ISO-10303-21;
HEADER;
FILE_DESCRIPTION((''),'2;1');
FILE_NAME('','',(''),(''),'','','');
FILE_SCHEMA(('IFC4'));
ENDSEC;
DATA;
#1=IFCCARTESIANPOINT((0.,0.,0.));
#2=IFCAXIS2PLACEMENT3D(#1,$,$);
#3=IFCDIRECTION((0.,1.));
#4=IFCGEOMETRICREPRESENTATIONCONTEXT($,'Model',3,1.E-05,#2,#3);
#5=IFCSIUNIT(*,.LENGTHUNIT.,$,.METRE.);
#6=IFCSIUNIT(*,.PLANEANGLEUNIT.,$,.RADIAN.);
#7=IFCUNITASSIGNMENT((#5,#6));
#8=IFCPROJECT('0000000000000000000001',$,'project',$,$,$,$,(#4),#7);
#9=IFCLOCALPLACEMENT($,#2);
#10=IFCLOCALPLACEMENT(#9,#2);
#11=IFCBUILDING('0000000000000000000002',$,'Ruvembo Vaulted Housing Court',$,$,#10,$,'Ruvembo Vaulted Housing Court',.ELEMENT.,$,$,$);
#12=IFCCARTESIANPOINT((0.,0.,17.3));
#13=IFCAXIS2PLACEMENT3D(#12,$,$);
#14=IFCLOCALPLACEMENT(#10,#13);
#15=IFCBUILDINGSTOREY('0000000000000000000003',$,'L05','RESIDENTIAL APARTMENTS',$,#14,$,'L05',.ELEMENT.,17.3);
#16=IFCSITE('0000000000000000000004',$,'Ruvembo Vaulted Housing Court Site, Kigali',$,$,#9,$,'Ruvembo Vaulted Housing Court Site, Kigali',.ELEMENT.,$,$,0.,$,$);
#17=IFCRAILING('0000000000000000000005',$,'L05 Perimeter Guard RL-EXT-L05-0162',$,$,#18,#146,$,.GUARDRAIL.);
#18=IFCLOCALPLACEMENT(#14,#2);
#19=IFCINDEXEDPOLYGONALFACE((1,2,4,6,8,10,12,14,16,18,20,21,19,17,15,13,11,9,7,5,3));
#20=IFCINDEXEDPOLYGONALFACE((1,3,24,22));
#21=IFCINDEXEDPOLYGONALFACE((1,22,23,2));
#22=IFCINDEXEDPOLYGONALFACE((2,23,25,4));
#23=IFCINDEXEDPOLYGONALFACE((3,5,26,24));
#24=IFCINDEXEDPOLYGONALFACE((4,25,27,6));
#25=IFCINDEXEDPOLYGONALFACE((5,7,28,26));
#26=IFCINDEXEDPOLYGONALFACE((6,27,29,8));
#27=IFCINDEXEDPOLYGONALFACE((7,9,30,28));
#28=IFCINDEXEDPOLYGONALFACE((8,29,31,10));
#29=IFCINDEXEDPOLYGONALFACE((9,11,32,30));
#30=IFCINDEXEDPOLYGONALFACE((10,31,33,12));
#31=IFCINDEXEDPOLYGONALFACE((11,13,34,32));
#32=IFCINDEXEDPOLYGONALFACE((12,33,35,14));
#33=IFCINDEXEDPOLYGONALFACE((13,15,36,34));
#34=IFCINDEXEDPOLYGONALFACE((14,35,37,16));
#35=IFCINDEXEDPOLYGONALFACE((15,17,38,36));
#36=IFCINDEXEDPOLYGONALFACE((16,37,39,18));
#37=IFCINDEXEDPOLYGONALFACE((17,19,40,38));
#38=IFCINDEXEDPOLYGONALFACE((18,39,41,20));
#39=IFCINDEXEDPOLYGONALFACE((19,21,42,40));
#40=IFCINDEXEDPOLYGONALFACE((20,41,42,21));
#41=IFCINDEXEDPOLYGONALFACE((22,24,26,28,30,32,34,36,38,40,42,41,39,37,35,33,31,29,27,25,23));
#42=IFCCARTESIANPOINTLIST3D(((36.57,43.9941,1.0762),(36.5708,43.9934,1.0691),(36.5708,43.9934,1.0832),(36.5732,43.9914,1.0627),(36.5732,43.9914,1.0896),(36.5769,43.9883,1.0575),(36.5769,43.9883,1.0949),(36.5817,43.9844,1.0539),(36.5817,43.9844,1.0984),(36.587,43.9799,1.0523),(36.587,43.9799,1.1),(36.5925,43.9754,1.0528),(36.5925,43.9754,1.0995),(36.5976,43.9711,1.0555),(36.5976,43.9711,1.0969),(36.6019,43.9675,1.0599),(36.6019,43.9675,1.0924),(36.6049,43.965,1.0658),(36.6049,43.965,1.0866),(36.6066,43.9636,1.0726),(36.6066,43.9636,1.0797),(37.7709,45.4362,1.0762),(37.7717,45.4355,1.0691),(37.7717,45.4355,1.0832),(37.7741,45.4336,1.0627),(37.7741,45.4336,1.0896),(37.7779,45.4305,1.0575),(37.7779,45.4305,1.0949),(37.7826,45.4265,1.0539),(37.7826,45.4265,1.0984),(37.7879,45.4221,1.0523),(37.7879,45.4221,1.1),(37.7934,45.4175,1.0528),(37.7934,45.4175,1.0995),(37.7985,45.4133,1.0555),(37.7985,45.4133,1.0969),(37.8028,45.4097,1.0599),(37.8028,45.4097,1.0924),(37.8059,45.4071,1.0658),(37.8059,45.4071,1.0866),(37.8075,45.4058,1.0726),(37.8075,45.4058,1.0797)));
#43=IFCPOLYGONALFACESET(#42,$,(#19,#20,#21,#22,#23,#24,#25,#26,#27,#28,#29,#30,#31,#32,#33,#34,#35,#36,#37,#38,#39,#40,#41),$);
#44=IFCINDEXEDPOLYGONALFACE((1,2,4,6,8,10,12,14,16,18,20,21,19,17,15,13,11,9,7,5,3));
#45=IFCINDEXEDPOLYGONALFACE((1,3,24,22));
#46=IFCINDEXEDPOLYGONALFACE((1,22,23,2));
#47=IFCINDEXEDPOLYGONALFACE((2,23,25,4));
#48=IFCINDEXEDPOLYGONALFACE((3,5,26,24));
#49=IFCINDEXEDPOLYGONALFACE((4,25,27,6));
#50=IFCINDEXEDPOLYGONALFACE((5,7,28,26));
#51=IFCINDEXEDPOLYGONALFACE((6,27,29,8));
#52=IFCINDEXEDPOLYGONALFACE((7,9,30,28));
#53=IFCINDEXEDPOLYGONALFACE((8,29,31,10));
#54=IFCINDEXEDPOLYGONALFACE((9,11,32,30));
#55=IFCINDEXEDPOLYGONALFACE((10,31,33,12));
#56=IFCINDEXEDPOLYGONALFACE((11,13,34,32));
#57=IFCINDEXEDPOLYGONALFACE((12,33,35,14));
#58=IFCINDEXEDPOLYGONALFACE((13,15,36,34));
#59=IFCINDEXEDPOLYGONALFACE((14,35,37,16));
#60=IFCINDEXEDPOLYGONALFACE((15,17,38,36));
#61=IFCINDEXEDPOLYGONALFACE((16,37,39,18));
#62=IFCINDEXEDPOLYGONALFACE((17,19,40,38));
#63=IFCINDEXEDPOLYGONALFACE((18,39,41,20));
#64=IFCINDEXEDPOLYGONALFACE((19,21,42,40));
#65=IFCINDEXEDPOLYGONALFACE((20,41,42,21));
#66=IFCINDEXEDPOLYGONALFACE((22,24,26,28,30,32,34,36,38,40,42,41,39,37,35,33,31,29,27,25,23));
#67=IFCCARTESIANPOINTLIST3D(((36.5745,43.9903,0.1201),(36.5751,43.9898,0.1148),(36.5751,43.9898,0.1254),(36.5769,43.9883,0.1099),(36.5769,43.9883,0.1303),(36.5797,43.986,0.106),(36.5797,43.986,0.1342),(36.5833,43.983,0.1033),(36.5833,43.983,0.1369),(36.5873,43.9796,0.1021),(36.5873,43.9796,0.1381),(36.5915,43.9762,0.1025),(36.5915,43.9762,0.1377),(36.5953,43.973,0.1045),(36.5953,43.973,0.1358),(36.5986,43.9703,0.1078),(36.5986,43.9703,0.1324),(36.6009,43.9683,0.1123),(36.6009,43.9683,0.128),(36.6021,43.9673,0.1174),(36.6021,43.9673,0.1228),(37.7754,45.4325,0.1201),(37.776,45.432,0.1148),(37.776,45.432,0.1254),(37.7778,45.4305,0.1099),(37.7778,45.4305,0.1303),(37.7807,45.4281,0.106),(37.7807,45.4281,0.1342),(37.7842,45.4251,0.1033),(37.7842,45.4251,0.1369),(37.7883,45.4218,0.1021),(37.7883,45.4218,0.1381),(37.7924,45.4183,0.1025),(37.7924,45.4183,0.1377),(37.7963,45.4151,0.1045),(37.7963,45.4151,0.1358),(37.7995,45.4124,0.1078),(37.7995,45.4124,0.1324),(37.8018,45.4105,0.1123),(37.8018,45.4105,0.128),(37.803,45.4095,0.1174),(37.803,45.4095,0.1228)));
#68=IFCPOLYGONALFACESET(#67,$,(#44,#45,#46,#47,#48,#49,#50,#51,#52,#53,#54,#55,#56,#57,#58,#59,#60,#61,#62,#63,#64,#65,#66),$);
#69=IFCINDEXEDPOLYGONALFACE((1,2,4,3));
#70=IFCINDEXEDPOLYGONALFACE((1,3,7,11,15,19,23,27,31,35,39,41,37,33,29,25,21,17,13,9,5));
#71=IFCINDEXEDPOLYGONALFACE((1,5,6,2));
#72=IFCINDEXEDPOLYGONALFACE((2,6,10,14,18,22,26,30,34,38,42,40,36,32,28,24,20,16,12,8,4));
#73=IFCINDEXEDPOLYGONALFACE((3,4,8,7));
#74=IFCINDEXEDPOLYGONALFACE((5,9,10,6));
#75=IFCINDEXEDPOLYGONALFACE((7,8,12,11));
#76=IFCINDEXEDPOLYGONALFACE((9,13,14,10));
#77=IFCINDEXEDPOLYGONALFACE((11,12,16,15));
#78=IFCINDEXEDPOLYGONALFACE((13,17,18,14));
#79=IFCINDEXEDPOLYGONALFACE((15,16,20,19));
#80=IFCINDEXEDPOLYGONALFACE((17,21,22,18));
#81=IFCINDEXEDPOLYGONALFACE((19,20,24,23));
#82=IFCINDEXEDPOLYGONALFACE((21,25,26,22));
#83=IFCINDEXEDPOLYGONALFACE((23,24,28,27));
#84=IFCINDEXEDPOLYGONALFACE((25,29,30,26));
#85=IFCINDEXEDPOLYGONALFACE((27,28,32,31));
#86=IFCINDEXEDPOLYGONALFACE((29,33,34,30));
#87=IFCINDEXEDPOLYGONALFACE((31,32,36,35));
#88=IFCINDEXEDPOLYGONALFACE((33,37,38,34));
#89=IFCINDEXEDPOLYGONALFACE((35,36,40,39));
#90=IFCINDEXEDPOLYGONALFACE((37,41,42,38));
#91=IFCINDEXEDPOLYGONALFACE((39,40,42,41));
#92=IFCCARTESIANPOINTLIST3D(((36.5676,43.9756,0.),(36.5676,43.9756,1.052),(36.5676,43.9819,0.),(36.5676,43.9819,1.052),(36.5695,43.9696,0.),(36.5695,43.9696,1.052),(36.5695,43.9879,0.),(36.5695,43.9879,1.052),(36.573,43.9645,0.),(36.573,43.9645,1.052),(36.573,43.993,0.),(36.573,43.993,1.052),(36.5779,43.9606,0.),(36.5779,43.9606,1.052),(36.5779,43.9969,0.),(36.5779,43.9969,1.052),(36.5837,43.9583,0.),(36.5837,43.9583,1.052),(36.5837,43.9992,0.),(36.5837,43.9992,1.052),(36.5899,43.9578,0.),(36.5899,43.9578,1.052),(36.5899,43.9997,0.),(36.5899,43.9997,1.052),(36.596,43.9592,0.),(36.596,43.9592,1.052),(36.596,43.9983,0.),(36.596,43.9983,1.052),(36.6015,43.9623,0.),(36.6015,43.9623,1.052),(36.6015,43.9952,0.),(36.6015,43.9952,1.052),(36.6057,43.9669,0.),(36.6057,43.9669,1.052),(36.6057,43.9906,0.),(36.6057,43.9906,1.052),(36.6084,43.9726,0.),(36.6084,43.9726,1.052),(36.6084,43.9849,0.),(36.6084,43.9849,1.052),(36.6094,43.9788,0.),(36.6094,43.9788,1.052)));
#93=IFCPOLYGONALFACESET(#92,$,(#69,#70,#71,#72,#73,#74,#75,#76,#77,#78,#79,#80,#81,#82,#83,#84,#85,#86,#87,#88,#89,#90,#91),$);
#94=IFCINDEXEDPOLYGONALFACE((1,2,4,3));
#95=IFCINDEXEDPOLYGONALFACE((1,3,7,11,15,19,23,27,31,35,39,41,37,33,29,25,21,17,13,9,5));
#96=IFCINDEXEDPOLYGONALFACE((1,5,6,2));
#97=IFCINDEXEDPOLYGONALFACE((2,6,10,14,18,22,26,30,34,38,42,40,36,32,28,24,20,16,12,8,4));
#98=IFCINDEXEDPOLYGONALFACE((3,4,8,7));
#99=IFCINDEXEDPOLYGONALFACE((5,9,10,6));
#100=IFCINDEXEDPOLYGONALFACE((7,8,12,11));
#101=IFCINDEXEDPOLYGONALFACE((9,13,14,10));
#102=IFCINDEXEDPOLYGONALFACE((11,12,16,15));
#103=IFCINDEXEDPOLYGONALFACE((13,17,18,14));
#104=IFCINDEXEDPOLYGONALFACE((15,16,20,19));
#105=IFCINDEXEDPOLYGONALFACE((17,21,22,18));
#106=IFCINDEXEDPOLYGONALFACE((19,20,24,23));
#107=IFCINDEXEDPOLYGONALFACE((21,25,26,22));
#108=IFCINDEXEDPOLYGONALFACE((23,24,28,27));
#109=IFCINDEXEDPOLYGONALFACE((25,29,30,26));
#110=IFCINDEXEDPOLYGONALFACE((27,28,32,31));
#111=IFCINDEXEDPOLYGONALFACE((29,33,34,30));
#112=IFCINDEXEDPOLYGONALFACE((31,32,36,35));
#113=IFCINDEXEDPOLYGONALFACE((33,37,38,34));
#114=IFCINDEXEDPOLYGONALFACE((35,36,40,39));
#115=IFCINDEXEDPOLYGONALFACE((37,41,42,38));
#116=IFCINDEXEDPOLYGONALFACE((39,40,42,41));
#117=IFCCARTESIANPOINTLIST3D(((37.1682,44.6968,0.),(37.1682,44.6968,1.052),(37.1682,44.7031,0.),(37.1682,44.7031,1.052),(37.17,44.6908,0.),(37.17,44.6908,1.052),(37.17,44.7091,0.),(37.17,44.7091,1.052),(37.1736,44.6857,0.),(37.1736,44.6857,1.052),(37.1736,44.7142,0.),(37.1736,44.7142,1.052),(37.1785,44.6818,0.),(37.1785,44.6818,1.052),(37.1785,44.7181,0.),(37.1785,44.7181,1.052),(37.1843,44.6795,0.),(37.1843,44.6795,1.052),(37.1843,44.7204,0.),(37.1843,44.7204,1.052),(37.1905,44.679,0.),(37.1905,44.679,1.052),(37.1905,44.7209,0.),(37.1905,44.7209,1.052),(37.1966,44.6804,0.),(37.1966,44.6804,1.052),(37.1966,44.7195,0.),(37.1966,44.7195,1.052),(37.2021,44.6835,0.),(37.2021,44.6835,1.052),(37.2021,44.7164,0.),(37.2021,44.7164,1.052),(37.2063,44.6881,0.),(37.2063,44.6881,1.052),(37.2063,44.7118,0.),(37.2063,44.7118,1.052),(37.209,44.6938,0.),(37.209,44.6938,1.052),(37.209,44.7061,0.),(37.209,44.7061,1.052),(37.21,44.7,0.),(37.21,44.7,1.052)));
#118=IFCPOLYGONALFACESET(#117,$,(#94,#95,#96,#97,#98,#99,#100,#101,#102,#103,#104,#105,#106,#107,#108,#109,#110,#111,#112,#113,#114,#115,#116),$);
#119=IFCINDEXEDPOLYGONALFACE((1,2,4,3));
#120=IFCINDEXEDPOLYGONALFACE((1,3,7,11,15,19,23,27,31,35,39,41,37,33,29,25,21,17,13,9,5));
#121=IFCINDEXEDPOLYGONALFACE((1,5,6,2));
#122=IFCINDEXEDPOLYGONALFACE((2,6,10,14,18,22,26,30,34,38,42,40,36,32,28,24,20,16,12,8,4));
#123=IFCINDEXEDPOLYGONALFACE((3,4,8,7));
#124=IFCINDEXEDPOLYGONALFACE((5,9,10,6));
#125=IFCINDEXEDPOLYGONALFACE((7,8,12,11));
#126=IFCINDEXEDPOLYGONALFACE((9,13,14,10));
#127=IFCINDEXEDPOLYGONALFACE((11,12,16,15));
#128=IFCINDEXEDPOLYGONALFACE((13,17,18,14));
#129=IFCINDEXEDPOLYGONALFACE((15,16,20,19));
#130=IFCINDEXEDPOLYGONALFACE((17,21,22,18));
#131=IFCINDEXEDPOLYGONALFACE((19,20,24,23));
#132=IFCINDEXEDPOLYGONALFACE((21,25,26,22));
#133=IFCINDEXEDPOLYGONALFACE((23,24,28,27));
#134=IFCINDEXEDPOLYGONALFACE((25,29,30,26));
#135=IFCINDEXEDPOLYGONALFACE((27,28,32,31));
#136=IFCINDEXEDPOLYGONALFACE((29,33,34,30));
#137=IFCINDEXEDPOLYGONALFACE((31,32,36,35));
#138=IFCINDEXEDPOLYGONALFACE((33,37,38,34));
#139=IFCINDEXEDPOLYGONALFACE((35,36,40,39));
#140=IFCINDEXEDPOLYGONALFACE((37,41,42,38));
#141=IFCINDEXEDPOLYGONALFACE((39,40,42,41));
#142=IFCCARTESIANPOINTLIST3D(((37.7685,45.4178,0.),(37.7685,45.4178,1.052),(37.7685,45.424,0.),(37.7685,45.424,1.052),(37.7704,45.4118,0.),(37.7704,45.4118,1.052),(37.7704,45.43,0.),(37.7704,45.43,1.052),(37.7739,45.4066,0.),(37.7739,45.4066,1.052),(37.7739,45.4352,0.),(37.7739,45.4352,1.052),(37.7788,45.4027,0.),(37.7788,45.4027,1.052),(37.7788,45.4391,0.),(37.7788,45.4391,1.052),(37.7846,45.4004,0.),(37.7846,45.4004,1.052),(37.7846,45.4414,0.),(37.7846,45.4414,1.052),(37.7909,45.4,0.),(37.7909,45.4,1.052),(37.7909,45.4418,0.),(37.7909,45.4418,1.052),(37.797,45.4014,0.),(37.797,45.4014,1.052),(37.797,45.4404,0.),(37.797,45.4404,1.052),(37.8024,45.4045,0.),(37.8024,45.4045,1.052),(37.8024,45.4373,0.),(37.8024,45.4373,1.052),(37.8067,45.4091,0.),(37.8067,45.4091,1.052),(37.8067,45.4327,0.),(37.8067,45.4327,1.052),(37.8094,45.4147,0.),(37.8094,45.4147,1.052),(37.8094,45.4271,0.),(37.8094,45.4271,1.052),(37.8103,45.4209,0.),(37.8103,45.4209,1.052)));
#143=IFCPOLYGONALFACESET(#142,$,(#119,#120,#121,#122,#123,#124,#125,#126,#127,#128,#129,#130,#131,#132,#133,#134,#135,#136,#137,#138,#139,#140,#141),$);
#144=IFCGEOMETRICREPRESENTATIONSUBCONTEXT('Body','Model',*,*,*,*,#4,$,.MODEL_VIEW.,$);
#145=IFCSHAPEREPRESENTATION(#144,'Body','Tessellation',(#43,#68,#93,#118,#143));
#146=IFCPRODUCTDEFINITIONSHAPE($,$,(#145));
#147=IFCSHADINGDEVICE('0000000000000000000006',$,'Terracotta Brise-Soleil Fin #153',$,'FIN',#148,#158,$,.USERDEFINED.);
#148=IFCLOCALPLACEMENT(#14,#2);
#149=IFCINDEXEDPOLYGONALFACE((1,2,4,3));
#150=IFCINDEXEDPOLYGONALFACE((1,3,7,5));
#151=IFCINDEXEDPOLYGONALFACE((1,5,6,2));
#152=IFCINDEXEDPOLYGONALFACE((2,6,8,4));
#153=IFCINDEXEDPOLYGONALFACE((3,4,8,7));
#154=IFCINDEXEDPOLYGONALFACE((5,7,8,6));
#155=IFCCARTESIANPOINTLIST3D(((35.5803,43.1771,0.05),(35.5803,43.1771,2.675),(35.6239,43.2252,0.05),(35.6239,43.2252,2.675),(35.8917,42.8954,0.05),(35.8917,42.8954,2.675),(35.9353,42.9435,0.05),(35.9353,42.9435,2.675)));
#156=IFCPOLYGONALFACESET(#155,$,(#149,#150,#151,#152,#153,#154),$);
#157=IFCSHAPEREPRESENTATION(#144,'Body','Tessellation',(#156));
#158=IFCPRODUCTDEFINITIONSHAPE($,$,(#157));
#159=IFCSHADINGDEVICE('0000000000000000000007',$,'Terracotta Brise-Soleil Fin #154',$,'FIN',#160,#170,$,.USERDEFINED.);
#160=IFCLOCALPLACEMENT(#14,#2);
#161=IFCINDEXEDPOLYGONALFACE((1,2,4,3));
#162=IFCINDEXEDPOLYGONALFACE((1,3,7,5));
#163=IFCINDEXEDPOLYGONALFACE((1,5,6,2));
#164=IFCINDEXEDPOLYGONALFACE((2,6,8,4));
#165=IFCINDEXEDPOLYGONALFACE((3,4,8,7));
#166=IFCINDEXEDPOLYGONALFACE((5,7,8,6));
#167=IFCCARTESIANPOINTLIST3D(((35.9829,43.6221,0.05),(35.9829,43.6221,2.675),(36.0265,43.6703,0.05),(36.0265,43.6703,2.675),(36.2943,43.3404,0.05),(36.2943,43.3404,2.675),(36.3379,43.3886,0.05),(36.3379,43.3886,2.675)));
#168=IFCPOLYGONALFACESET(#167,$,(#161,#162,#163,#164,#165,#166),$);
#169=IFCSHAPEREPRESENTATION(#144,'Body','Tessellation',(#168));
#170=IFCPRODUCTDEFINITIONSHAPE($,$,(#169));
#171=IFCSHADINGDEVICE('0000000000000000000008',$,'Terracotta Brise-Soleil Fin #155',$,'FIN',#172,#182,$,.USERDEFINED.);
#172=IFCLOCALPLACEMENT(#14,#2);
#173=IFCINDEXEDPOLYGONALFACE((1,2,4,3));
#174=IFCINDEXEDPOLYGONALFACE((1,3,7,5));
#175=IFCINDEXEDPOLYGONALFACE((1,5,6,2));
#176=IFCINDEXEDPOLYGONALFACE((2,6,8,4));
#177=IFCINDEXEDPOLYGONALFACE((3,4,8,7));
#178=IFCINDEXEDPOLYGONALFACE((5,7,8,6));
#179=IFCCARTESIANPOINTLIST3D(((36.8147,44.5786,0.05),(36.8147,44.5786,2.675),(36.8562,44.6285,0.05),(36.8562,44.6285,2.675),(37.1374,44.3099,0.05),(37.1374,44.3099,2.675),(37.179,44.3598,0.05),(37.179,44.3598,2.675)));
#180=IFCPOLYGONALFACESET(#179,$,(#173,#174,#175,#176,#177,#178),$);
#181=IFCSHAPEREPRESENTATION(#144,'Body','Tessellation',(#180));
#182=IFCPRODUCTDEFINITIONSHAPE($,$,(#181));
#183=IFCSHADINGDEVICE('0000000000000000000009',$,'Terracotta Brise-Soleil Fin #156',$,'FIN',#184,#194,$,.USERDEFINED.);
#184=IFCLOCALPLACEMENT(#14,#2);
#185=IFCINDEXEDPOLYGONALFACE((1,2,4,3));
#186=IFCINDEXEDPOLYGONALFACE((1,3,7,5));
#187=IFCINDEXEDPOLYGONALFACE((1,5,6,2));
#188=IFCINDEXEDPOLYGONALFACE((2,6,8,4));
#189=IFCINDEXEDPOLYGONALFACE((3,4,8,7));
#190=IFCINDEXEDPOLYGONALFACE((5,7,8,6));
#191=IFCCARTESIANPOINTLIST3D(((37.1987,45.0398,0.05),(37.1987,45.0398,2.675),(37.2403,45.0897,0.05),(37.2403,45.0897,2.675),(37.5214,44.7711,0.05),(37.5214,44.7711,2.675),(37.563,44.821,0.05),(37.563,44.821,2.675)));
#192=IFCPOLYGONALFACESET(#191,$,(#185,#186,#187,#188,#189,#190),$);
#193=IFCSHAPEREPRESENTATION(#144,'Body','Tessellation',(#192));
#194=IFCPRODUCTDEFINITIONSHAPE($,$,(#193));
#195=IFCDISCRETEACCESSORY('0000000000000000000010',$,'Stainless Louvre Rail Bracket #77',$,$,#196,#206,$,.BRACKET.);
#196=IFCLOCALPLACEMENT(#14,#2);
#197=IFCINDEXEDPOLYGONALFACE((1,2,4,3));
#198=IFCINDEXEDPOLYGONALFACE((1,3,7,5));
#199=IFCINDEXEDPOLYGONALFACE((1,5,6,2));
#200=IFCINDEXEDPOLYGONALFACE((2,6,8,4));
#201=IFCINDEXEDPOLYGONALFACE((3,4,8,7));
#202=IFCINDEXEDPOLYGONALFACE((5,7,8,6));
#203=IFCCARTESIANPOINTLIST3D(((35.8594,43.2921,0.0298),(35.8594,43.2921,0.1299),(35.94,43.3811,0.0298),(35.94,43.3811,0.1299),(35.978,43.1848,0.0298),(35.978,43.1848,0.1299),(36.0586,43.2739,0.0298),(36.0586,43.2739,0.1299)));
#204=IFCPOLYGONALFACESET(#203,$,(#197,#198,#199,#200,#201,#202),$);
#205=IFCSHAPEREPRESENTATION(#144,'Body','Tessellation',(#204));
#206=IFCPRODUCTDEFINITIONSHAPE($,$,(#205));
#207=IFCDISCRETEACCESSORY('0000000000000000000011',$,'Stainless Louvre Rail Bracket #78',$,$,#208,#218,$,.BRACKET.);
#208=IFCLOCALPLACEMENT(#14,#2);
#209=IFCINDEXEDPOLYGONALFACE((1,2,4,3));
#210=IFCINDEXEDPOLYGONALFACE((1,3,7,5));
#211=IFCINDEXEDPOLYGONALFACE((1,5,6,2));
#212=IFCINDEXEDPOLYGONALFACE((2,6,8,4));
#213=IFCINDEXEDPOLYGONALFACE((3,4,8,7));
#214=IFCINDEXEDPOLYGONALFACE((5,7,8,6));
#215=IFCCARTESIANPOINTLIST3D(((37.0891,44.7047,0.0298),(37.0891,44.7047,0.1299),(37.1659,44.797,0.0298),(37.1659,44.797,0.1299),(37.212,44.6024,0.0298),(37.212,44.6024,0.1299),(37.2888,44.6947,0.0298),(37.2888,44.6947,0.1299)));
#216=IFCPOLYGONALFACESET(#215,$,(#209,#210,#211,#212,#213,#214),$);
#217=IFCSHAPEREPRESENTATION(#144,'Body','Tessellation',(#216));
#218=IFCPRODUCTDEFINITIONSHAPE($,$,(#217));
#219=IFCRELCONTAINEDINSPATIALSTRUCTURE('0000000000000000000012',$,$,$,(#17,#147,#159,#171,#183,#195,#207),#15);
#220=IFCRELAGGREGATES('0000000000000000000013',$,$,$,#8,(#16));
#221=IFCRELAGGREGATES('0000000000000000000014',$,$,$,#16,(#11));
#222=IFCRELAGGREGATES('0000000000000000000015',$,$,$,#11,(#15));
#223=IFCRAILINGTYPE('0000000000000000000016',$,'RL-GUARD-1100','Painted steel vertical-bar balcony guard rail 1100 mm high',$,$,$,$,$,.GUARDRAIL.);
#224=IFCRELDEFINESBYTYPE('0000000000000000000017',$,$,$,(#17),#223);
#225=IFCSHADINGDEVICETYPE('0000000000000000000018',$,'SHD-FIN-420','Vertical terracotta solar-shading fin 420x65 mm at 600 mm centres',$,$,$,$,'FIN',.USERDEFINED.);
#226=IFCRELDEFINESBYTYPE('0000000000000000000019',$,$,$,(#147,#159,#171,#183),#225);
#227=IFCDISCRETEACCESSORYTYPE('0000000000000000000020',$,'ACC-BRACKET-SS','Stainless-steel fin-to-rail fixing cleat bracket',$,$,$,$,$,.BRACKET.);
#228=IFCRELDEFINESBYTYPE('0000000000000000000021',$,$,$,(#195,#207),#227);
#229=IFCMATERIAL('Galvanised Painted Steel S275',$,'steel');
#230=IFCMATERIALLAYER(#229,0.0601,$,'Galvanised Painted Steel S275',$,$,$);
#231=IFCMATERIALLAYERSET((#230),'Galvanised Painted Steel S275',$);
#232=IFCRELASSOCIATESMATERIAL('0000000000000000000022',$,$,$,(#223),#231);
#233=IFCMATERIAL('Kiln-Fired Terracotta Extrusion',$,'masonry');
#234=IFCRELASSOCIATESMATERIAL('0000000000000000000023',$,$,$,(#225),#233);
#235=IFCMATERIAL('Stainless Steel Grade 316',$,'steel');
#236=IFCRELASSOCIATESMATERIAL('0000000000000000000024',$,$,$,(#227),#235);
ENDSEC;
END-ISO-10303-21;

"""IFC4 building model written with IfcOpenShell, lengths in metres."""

from ifc_helpers import new_model, si_unit, direction, frame, origin, origin_2d, place, context, subcontext, project, spatial, rectangle, circle, extrude, material, layer, layer_set, type_object, element, save


model = new_model("IFC4")

# Units and contexts
model_context = context("Model", 3, precision=1e-05, world=origin(), true_north=direction((0.0, 1.0)))
body_context = subcontext(model_context, "Body", "Model", "MODEL_VIEW")
ifc_project = project(units=[si_unit("LENGTHUNIT", "METRE"), si_unit("PLANEANGLEUNIT", "RADIAN")], contexts=[model_context])

# Site, building, storey
site_placement = place(None, origin())
site = spatial("IfcSite", under=ifc_project, at=site_placement, Name="Ruvembo Vaulted Housing Court Site, Kigali", LongName="Ruvembo Vaulted Housing Court Site, Kigali", CompositionType="ELEMENT", RefElevation=0.0)
building_placement = place(site_placement, origin())
building = spatial("IfcBuilding", under=site, at=building_placement, Name="Ruvembo Vaulted Housing Court", LongName="Ruvembo Vaulted Housing Court", CompositionType="ELEMENT")
storey_placement = place(building_placement, frame((0.0, 0.0, 17.3)))
storey = spatial("IfcBuildingStorey", under=building, at=storey_placement, Name="L05", Description="RESIDENTIAL APARTMENTS", LongName="L05", CompositionType="ELEMENT", Elevation=17.3)

# Railing
ifc_material_1 = material(Name="Galvanised Painted Steel S275", Category="steel")
ifc_layer = layer(ifc_material_1, 0.0601, Name="Galvanised Painted Steel S275")
ifc_layer_set = layer_set([ifc_layer], Name="Galvanised Painted Steel S275")
railing_type = type_object("IfcRailingType", Name="RL-GUARD-1100", Description="Painted steel vertical-bar balcony guard rail 1100 mm high", PredefinedType="GUARDRAIL", material=ifc_layer_set)
railing_1_placement = place(storey_placement, frame((36.5884, 43.9788, 0.0)))
element("IfcRailing", 1, at=railing_1_placement, inside=storey, type_object=railing_type, Name="L05 Perimeter Guard RL-EXT-L05-0162", PredefinedType="GUARDRAIL", context=body_context, shape_type="SweptSolid", body=[
    extrude(circle(Radius=0.0239, at=origin_2d()), frame((0.0, 0.0, 1.0762), z_axis=(0.639916, 0.768445, 0.0), x_axis=(-0.768445, 0.639916, 0.0)), (0.0, 0.0, 1.0), 1.8767),
    extrude(circle(Radius=0.0181, at=origin_2d()), frame((0.0, 0.0, 0.1201), z_axis=(0.639916, 0.768445, 0.0), x_axis=(-0.768445, 0.639916, 0.0)), (0.0, 0.0, 1.0), 1.8767),
    extrude(circle(Radius=0.021, at=origin_2d()), origin(), (0.0, 0.0, 1.0), 1.052),
    extrude(circle(Radius=0.021, at=origin_2d()), frame((0.6006, 0.7212, 0.0)), (0.0, 0.0, 1.0), 1.052),
    extrude(circle(Radius=0.021, at=origin_2d()), frame((1.2009, 1.4421, 0.0)), (0.0, 0.0, 1.0), 1.052),
])

# Shading devices
ifc_material_2 = material(Name="Kiln-Fired Terracotta Extrusion", Category="masonry")
shading_device_type = type_object("IfcShadingDeviceType", Name="SHD-FIN-420", Description="Vertical terracotta solar-shading fin 420x65 mm at 600 mm centres", ElementType="FIN", PredefinedType="USERDEFINED", material=ifc_material_2)
for number, where, z_axis, x_axis, name in (
    (2, (35.7578, 43.0603, 0.05), (0.0, 0.0, 1.0), (0.741601, -0.670841, 0.0), "Terracotta Brise-Soleil Fin #153"),
    (3, (36.1604, 43.5054, 0.05), (0.0, 0.0, 1.0), (0.741601, -0.670841, 0.0), "Terracotta Brise-Soleil Fin #154"),
    (4, (36.9968, 44.4692, 0.05), (0.0, 0.0, 1.0), (0.768496, -0.639855, 0.0), "Terracotta Brise-Soleil Fin #155"),
    (5, (37.3809, 44.9304, 0.05), (0.0, 0.0, 1.0), (0.768496, -0.639855, 0.0), "Terracotta Brise-Soleil Fin #156"),
):
    element("IfcShadingDevice", number, at=place(storey_placement, frame(where, z_axis=z_axis, x_axis=x_axis)), inside=storey, type_object=shading_device_type, Name=name, ObjectType="FIN", PredefinedType="USERDEFINED", context=body_context, shape_type="SweptSolid", body=[
        extrude(rectangle(XDim=0.4199, YDim=0.0649, at=origin_2d()), origin(), (0.0, 0.0, 1.0), 2.625),
    ])

# Discrete accessories
ifc_material_3 = material(Name="Stainless Steel Grade 316", Category="steel")
discrete_accessory_type = type_object("IfcDiscreteAccessoryType", Name="ACC-BRACKET-SS", Description="Stainless-steel fin-to-rail fixing cleat bracket", PredefinedType="BRACKET", material=ifc_material_3)
for number, where, z_axis, x_axis, name in (
    (6, (35.959, 43.283, 0.0298), (0.0, 0.0, 1.0), (0.741601, -0.670841, 0.0), "Stainless Louvre Rail Bracket #77"),
    (7, (37.189, 44.6997, 0.0298), (0.0, 0.0, 1.0), (0.768496, -0.639855, 0.0), "Stainless Louvre Rail Bracket #78"),
):
    element("IfcDiscreteAccessory", number, at=place(storey_placement, frame(where, z_axis=z_axis, x_axis=x_axis)), inside=storey, type_object=discrete_accessory_type, Name=name, PredefinedType="BRACKET", context=body_context, shape_type="SweptSolid", body=[
        extrude(rectangle(XDim=0.1599, YDim=0.1201, at=origin_2d()), origin(), (0.0, 0.0, 1.0), 0.1001),
    ])

save(model, "model.ifc")
